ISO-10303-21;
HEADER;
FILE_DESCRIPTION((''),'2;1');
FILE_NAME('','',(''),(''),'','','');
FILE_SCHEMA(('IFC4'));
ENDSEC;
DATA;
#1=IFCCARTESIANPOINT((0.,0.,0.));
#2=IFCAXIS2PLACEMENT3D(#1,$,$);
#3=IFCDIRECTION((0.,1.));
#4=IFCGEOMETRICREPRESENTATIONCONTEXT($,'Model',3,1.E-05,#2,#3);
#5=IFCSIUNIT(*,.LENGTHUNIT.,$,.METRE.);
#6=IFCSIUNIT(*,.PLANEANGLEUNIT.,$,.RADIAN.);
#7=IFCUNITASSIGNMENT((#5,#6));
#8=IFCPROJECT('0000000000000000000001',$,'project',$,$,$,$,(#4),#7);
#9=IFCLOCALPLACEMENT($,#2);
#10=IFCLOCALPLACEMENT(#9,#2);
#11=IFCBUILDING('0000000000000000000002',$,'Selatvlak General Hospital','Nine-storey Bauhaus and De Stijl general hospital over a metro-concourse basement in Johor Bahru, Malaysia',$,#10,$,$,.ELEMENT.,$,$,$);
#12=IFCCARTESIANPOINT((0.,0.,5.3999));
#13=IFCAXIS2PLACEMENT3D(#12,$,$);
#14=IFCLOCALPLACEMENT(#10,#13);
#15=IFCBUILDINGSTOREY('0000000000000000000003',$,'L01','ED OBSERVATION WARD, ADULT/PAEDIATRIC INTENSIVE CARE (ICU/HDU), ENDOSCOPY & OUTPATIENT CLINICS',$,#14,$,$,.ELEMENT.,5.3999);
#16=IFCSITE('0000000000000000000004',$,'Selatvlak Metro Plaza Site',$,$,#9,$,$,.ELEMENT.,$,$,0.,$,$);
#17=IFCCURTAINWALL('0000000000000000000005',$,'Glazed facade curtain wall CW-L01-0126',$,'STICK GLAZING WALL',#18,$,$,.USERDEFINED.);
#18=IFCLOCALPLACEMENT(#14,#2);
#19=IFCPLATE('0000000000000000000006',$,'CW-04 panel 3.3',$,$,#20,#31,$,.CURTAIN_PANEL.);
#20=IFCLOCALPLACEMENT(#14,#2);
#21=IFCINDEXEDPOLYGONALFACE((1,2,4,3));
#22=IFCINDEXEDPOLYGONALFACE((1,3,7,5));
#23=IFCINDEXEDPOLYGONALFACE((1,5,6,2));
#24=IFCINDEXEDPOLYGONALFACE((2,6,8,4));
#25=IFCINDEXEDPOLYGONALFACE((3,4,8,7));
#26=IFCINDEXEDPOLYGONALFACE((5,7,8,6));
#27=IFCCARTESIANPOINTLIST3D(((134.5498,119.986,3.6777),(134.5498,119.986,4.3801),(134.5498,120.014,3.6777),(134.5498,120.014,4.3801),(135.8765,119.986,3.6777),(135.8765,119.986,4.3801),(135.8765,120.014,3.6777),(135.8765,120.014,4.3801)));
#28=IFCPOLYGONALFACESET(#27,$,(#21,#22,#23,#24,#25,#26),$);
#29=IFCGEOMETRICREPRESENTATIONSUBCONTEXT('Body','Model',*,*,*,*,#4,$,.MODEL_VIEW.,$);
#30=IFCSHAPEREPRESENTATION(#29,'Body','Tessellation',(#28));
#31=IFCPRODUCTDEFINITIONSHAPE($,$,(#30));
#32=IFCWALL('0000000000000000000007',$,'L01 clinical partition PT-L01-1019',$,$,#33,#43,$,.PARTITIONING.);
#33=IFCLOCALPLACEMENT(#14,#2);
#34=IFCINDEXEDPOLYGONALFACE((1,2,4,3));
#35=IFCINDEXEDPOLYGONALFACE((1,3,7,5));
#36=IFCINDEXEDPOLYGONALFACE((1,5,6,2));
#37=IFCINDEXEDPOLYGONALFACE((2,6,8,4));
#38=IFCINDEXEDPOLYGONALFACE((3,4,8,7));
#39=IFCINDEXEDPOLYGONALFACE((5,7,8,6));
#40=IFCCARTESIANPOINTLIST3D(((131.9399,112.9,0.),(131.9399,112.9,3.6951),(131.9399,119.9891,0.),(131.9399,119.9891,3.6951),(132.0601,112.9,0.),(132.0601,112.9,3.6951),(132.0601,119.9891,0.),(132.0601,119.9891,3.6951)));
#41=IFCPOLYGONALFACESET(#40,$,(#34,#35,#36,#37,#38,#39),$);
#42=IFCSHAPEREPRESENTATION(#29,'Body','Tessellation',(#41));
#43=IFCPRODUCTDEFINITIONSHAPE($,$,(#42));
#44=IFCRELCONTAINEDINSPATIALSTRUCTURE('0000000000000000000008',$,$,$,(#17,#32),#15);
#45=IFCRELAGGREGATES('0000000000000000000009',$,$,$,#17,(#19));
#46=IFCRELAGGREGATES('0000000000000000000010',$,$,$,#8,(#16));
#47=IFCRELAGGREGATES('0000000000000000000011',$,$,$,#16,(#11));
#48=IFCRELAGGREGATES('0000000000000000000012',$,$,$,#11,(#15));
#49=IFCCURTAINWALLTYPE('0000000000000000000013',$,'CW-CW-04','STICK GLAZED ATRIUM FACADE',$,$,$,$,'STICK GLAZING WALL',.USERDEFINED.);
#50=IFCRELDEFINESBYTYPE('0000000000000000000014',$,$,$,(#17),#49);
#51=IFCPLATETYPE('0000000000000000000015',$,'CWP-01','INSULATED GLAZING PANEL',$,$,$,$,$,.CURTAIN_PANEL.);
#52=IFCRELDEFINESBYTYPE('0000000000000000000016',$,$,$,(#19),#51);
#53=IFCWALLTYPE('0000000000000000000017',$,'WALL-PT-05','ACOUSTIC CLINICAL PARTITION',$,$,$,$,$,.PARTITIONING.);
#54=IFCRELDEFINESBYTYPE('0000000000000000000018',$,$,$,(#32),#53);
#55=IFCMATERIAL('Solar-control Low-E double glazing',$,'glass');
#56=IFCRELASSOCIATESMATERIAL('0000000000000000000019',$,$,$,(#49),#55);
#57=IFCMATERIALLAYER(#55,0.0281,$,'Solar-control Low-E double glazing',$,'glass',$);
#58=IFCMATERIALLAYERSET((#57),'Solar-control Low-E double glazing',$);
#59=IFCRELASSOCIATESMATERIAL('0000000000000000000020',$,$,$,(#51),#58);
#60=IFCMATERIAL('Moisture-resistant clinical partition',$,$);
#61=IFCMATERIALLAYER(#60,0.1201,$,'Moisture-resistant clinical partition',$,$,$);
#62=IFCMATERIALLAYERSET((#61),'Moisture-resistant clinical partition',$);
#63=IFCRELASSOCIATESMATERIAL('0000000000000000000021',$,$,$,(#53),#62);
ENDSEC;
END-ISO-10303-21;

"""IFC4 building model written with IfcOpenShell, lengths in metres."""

from ifc_helpers import new_model, si_unit, direction, frame, frame_2d, origin, origin_2d, place, context, subcontext, project, spatial, rectangle, extrude, material, layer, layer_set, type_object, element, aggregate, save


model = new_model("IFC4")

# Units and contexts
model_context = context("Model", 3, precision=1e-05, world=origin(), true_north=direction((0.0, 1.0)))
body_context = subcontext(model_context, "Body", "Model", "MODEL_VIEW")
ifc_project = project(units=[si_unit("LENGTHUNIT", "METRE"), si_unit("PLANEANGLEUNIT", "RADIAN")], contexts=[model_context])

# Site, building, storey
site_placement = place(None, origin())
site = spatial("IfcSite", under=ifc_project, at=site_placement, Name="Selatvlak Metro Plaza Site", CompositionType="ELEMENT", RefElevation=0.0)
building_placement = place(site_placement, origin())
building = spatial("IfcBuilding", under=site, at=building_placement, Name="Selatvlak General Hospital", Description="Nine-storey Bauhaus and De Stijl general hospital over a metro-concourse basement in Johor Bahru, Malaysia", CompositionType="ELEMENT")
storey_placement = place(building_placement, frame((0.0, 0.0, 5.3999)))
storey = spatial("IfcBuildingStorey", under=building, at=storey_placement, Name="L01", Description="ED OBSERVATION WARD, ADULT/PAEDIATRIC INTENSIVE CARE (ICU/HDU), ENDOSCOPY & OUTPATIENT CLINICS", CompositionType="ELEMENT", Elevation=5.3999)

# Curtain wall, plate
ifc_material_1 = material(Name="Solar-control Low-E double glazing", Category="glass")
curtain_wall_type = type_object("IfcCurtainWallType", Name="CW-CW-04", Description="STICK GLAZED ATRIUM FACADE", ElementType="STICK GLAZING WALL", PredefinedType="USERDEFINED", material=ifc_material_1)
curtain_wall_placement = place(storey_placement, origin())
curtain_wall = element("IfcCurtainWall", 1, at=curtain_wall_placement, inside=storey, type_object=curtain_wall_type, Name="Glazed facade curtain wall CW-L01-0126", ObjectType="STICK GLAZING WALL", PredefinedType="USERDEFINED")
ifc_layer_1 = layer(ifc_material_1, 0.0281, Name="Solar-control Low-E double glazing", Category="glass")
ifc_layer_set_1 = layer_set([ifc_layer_1], Name="Solar-control Low-E double glazing")
plate_type = type_object("IfcPlateType", Name="CWP-01", Description="INSULATED GLAZING PANEL", PredefinedType="CURTAIN_PANEL", material=ifc_layer_set_1)
plate_1_placement = place(storey_placement, frame((135.2131, 120.0, 3.6777), z_axis=(0.0, 0.0, 1.0), x_axis=(1.0, 0.0, 0.0)))
plate_1 = element("IfcPlate", 2, at=plate_1_placement, type_object=plate_type, Name="CW-04 panel 3.3", PredefinedType="CURTAIN_PANEL", context=body_context, shape_type="SweptSolid", body=[
    extrude(rectangle(XDim=1.3267, YDim=0.0281, at=origin_2d()), origin(), (0.0, 0.0, 1.0), 0.7024),
])
aggregate(curtain_wall, [plate_1])

# Wall
ifc_material_2 = material(Name="Moisture-resistant clinical partition")
ifc_layer_2 = layer(ifc_material_2, 0.1201, Name="Moisture-resistant clinical partition")
ifc_layer_set_2 = layer_set([ifc_layer_2], Name="Moisture-resistant clinical partition")
wall_type = type_object("IfcWallType", Name="WALL-PT-05", Description="ACOUSTIC CLINICAL PARTITION", PredefinedType="PARTITIONING", material=ifc_layer_set_2)
wall_placement = place(storey_placement, frame((132.0, 119.989, 0.0), z_axis=(0.0, 0.0, 1.0), x_axis=(0.0, -1.0, 0.0)))
element("IfcWall", 3, at=wall_placement, inside=storey, type_object=wall_type, Name="L01 clinical partition PT-L01-1019", PredefinedType="PARTITIONING", context=body_context, shape_type="SweptSolid", body=[
    extrude(rectangle(XDim=7.0891, YDim=0.1201, at=frame_2d((3.5444, 0.0))), origin(), (0.0, 0.0, 1.0), 3.6951),
])

save(model, "model.ifc")
